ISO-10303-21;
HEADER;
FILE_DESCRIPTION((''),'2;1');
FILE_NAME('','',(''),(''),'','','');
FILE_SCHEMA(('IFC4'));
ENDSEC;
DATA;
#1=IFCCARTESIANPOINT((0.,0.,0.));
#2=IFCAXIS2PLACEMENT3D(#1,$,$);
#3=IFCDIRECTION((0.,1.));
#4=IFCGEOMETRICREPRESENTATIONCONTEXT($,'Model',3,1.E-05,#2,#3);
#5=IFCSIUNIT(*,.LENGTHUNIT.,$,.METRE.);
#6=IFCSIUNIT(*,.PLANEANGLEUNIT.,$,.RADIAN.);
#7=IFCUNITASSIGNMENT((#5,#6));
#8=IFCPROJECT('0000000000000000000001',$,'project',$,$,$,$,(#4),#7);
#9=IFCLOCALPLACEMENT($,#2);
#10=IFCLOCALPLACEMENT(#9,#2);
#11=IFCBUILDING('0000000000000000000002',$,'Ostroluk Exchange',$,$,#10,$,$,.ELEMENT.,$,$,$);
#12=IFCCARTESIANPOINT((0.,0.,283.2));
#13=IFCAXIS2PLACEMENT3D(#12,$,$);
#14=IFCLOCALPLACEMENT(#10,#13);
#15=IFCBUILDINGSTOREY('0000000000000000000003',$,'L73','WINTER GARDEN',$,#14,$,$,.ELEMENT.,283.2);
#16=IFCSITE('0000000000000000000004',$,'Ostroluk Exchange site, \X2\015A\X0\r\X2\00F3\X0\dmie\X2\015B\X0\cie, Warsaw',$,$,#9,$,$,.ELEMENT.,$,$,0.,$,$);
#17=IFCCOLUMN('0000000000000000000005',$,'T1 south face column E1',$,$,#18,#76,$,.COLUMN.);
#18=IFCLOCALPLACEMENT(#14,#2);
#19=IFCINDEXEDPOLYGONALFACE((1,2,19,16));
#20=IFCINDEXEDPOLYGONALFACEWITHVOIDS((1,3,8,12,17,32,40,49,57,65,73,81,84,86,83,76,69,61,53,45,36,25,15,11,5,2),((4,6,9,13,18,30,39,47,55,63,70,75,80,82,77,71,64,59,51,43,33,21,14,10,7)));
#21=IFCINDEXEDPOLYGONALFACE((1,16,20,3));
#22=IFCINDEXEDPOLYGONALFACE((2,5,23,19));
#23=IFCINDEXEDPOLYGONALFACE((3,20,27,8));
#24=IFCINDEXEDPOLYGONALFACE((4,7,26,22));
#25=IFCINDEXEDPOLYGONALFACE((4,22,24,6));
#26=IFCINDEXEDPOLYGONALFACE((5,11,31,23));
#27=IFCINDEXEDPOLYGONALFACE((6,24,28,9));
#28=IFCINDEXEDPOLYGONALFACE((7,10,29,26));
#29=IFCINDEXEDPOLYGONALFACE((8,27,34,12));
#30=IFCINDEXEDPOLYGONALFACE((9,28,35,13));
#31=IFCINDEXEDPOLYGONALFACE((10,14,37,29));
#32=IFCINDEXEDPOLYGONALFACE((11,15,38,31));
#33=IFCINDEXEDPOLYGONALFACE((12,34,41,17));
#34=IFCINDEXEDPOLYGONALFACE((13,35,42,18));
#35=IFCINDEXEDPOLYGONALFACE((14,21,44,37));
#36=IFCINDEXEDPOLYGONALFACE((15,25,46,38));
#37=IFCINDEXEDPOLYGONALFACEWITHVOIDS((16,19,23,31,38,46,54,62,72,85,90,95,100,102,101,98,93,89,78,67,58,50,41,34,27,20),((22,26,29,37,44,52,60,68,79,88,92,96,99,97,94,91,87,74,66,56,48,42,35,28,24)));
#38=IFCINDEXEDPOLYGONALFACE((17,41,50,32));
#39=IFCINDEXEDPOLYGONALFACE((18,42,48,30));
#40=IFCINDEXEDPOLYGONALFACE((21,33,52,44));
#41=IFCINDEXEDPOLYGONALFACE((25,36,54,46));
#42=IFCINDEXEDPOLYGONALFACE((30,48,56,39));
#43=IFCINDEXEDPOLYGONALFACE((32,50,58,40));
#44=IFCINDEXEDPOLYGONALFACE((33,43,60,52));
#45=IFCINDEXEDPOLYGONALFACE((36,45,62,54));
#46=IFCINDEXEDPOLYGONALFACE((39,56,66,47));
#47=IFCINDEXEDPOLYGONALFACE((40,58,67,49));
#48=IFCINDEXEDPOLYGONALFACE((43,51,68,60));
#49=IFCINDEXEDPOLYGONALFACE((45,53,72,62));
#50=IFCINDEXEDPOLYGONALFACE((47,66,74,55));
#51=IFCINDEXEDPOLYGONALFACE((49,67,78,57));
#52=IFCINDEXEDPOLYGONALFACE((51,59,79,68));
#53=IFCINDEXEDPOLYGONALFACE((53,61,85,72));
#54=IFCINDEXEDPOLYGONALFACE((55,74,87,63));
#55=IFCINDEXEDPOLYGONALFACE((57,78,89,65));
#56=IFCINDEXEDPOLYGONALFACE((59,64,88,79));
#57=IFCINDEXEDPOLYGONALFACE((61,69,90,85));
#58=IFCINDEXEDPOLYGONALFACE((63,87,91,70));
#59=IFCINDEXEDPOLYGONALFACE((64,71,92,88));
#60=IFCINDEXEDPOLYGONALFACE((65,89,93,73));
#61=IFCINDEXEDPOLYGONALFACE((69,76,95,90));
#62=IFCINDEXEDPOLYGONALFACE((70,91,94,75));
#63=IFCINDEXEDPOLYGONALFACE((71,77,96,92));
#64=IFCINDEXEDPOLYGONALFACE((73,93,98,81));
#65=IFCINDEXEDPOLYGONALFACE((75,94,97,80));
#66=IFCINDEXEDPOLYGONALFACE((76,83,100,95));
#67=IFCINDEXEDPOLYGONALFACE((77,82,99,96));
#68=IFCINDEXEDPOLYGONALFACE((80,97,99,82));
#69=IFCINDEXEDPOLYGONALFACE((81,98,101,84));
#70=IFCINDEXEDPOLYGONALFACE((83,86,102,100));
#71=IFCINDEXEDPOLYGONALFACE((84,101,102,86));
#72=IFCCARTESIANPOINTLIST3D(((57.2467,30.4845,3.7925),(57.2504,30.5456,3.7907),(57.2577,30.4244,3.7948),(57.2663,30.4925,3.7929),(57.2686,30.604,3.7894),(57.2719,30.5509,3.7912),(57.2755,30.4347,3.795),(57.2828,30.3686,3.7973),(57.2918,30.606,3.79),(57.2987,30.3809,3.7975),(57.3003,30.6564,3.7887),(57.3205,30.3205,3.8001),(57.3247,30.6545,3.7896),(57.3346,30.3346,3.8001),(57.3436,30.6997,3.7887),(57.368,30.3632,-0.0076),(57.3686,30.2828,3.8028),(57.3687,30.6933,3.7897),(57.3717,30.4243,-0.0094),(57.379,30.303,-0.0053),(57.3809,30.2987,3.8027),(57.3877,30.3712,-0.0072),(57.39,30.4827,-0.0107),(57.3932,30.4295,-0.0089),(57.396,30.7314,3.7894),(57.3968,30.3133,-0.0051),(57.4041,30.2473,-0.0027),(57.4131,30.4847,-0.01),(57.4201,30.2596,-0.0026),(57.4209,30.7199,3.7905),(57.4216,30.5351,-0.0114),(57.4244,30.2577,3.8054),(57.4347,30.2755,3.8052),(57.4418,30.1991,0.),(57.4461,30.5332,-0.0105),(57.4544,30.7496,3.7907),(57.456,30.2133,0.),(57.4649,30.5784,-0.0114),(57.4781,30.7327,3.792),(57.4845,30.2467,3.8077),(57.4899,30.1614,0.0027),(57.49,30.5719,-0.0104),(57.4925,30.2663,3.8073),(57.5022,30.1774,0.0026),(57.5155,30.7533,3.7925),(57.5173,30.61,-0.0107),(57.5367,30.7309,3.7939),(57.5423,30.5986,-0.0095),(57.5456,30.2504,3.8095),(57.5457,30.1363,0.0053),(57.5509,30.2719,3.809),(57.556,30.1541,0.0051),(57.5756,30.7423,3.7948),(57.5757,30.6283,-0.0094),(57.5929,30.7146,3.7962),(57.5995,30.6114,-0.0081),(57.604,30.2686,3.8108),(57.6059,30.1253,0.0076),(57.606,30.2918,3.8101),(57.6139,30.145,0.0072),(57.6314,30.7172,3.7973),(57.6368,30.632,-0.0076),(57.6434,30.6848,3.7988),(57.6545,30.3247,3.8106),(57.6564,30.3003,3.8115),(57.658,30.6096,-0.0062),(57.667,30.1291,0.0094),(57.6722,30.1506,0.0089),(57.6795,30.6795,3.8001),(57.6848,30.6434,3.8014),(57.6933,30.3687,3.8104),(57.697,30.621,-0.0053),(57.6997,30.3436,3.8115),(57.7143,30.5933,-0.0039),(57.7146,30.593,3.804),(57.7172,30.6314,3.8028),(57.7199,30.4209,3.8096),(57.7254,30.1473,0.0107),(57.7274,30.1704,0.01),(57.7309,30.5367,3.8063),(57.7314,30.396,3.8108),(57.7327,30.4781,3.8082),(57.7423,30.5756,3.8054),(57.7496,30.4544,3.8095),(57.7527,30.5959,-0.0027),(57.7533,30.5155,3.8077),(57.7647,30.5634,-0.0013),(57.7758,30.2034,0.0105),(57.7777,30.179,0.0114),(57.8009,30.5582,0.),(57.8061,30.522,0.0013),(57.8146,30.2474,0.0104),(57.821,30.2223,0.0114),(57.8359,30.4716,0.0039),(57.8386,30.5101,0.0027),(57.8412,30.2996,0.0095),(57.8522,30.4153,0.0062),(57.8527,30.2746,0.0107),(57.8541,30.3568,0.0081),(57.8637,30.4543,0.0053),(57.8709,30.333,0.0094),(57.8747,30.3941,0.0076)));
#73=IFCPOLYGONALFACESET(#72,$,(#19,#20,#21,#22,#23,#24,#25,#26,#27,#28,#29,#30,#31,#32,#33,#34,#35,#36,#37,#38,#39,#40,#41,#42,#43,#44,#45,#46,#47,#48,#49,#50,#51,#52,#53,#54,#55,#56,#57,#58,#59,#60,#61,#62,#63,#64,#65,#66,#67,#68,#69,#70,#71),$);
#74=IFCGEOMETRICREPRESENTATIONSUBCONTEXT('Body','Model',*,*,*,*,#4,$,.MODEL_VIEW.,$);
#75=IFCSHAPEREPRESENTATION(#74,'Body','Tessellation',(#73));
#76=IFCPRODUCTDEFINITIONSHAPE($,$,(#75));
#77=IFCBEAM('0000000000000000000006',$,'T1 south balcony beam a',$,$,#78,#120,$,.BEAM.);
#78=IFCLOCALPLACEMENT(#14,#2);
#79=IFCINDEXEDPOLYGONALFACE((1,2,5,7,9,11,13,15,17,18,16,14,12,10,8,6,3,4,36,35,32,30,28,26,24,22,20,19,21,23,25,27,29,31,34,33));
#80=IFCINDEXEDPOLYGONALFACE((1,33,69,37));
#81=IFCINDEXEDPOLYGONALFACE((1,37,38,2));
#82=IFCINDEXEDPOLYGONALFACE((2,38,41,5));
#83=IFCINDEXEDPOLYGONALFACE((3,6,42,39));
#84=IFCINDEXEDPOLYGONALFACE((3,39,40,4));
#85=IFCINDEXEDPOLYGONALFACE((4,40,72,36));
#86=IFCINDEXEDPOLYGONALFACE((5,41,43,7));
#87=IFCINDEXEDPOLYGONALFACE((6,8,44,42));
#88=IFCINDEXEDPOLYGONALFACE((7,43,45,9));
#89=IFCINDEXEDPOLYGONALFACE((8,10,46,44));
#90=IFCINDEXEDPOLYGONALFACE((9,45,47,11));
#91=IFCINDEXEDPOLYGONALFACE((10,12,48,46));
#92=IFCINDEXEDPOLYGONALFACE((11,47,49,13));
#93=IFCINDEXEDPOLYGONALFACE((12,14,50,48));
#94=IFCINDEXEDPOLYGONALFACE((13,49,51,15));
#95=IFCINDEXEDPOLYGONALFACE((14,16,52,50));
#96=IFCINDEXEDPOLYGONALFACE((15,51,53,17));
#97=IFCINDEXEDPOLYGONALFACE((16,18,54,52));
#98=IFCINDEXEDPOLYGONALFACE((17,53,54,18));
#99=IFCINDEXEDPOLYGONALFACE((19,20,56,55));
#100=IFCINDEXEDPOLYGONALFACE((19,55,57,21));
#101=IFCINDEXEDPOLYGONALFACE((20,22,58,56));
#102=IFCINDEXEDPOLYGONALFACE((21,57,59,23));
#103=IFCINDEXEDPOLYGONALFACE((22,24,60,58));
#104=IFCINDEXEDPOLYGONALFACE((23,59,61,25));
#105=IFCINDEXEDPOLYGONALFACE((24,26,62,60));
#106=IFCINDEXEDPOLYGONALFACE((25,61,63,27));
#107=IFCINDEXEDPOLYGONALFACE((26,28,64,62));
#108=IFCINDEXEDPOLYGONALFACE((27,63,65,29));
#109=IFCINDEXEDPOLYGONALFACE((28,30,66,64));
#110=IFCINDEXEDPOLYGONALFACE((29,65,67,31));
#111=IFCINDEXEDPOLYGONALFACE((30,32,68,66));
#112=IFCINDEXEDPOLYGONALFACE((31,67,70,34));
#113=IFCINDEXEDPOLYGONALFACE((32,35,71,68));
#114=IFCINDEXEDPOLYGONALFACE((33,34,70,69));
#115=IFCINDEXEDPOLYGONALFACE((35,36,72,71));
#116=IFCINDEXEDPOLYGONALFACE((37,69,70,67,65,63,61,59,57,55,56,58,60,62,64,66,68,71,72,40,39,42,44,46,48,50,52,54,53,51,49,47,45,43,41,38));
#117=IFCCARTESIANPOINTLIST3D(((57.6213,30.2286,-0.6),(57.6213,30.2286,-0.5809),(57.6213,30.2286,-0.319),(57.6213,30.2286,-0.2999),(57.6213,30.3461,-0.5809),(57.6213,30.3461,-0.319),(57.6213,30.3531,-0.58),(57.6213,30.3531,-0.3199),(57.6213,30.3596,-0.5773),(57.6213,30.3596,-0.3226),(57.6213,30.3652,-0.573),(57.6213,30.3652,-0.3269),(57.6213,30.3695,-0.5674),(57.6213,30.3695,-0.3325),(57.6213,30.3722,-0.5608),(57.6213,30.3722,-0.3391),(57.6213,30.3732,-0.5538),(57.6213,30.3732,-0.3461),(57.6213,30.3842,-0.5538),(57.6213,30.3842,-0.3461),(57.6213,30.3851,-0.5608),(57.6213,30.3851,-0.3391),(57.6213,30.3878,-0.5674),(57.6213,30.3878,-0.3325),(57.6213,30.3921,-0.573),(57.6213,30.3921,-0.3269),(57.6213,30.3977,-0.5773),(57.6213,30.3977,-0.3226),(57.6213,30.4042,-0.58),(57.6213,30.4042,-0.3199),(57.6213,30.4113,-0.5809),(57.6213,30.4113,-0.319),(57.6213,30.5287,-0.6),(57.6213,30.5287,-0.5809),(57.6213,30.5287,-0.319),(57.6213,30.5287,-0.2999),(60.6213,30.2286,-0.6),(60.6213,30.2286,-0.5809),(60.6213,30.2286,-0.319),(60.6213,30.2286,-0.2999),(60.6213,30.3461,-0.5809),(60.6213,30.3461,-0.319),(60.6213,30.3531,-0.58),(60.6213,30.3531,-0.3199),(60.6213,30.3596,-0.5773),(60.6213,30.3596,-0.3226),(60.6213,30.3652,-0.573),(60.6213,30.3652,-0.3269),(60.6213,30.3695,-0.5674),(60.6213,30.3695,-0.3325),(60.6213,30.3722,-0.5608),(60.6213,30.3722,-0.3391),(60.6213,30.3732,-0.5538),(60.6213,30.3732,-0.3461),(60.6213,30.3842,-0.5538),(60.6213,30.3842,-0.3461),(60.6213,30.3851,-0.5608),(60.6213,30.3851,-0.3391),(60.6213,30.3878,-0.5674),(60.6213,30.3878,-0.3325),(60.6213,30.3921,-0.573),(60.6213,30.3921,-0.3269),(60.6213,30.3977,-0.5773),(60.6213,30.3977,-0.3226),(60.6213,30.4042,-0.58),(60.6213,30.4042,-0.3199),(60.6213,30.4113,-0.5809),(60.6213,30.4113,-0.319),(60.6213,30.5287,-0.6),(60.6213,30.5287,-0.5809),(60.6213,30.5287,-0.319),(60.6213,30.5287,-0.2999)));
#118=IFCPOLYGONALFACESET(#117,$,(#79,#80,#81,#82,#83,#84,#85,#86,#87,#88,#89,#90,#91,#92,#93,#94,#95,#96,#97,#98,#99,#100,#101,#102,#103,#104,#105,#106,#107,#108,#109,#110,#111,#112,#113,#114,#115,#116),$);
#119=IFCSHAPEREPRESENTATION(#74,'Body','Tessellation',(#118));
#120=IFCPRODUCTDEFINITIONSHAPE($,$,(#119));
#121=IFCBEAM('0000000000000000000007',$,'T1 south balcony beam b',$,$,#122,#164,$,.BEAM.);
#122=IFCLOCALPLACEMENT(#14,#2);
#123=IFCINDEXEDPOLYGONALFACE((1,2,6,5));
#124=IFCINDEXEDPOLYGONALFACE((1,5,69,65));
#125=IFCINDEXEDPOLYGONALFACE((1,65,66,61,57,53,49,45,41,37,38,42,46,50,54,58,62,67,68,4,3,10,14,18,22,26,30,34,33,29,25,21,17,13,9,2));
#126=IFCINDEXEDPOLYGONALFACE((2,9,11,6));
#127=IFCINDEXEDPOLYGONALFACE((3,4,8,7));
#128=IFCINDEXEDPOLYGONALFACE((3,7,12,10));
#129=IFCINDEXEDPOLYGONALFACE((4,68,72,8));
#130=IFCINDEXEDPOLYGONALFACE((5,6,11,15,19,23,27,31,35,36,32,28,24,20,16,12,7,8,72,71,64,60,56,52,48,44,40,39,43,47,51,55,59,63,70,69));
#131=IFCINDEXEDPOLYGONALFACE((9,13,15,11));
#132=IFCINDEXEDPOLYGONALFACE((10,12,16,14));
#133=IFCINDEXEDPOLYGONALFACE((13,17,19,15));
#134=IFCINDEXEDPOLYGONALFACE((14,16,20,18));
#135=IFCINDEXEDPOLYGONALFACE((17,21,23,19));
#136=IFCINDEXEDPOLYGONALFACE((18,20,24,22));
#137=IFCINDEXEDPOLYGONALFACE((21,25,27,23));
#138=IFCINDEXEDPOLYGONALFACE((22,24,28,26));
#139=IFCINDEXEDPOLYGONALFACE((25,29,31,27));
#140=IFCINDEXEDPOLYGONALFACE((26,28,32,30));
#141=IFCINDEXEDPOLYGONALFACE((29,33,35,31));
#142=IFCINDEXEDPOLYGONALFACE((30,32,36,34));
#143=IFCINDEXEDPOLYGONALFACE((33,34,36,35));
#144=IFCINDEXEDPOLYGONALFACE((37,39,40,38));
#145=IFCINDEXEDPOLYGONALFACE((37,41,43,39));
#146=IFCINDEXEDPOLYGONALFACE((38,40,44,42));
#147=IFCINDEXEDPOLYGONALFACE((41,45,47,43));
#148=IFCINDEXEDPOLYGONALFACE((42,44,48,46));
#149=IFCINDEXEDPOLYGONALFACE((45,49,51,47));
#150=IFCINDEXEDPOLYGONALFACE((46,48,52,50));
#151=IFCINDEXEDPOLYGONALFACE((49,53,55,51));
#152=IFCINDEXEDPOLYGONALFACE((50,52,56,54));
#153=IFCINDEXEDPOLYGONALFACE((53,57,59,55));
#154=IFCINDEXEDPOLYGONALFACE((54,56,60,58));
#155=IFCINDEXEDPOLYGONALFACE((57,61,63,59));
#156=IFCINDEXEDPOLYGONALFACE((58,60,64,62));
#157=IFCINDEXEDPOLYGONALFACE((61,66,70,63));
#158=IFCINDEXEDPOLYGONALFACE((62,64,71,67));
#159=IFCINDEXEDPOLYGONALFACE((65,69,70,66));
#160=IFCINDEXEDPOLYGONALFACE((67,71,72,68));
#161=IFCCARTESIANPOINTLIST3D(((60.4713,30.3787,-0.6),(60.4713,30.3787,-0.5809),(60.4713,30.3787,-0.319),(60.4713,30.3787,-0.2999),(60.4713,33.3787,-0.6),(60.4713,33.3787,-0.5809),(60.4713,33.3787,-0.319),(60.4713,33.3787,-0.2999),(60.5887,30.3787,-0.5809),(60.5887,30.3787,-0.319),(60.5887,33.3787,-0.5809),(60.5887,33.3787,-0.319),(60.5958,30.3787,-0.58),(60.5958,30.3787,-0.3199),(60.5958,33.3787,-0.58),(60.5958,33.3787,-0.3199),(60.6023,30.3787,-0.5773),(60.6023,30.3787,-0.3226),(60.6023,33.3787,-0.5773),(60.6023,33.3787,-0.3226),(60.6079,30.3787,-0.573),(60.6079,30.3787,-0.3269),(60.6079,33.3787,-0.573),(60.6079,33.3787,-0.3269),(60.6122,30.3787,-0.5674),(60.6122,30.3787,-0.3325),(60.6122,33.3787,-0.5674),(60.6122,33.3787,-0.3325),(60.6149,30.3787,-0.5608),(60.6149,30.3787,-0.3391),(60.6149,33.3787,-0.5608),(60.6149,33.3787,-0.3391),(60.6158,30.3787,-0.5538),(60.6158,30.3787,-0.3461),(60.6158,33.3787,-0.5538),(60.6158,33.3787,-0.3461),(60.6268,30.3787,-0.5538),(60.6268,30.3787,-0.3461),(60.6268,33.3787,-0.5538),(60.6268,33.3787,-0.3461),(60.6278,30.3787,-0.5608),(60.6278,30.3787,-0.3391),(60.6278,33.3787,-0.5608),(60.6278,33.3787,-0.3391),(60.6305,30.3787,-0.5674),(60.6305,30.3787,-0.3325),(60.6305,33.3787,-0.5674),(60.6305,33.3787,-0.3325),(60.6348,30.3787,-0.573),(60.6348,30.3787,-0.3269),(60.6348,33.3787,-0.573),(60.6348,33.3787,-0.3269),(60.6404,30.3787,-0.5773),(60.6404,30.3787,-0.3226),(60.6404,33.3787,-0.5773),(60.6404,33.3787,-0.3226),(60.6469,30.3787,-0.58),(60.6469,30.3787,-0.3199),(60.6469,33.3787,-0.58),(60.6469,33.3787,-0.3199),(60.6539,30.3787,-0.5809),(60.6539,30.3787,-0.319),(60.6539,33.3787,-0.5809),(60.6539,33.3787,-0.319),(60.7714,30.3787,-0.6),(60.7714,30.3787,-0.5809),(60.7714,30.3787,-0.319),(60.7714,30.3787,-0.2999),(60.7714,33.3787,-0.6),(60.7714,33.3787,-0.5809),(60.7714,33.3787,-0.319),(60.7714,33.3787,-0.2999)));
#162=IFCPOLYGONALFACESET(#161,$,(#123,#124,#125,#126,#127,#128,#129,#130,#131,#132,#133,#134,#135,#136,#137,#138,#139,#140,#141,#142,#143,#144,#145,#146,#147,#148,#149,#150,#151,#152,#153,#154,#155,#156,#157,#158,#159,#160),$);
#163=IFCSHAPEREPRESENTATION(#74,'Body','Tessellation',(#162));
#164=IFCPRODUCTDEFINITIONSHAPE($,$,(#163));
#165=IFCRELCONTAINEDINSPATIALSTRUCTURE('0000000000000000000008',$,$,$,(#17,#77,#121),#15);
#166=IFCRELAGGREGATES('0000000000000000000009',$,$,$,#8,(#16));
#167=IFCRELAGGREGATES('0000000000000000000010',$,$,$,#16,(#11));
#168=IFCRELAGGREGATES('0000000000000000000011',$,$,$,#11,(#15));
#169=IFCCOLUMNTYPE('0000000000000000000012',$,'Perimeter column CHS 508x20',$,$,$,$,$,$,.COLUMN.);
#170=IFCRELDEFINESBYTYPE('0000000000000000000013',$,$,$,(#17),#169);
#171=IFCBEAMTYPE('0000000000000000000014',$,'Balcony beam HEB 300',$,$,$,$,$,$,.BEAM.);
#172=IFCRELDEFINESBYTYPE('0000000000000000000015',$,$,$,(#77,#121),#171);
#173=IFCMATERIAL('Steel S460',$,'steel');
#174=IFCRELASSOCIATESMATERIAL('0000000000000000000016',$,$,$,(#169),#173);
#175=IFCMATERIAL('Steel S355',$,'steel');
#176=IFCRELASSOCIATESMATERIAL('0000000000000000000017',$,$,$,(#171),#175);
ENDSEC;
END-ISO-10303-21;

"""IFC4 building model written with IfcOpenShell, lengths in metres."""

from ifc_helpers import new_model, si_unit, direction, frame, origin, origin_2d, place, context, subcontext, project, spatial, hollow_circle, i_section, extrude, material, material_profile, profile_set, type_object, element, save


model = new_model("IFC4")

# Units and contexts
model_context = context("Model", 3, precision=1e-05, world=origin(), true_north=direction((0.0, 1.0)))
body_context = subcontext(model_context, "Body", "Model", "MODEL_VIEW")
ifc_project = project(units=[si_unit("LENGTHUNIT", "METRE"), si_unit("PLANEANGLEUNIT", "RADIAN")], contexts=[model_context])

# Site, building, storey
site_placement = place(None, origin())
site = spatial("IfcSite", under=ifc_project, at=site_placement, Name="Ostroluk Exchange site, Śródmieście, Warsaw", CompositionType="ELEMENT", RefElevation=0.0)
building_placement = place(site_placement, origin())
building = spatial("IfcBuilding", under=site, at=building_placement, Name="Ostroluk Exchange", CompositionType="ELEMENT")
storey_placement = place(building_placement, frame((0.0, 0.0, 283.2)))
storey = spatial("IfcBuildingStorey", under=building, at=storey_placement, Name="L73", Description="WINTER GARDEN", CompositionType="ELEMENT", Elevation=283.2)

# Column
ifc_material_1 = material(Name="Steel S460", Category="steel")
ifc_material_profile_1 = material_profile(ifc_material_1, hollow_circle(Radius=0.2539, WallThickness=0.02, at=origin_2d()), Name="CHS 508x20")
ifc_profile_set_1 = profile_set([ifc_material_profile_1], Name="Steel S460")
column_type_1 = type_object("IfcColumnType", Name="Perimeter column CHS 508x20", PredefinedType="COLUMN", material=ifc_profile_set_1)
column_1_placement = place(storey_placement, frame((57.6213, 30.3787, 0.0), z_axis=(-0.031898, 0.031898, 0.998982), x_axis=(-0.707107, -0.707107, 0.0)))
element("IfcColumn", 1, at=column_1_placement, inside=storey, type_object=column_type_1, Name="T1 south face column E1", PredefinedType="COLUMN", context=body_context, shape_type="SweptSolid", body=[
    extrude(hollow_circle(Radius=0.2539, WallThickness=0.02, at=origin_2d()), origin(), (0.0, 0.0, 1.0), 3.804),
])

# Beams
ifc_material_2 = material(Name="Steel S355", Category="steel")
ifc_material_profile_2 = material_profile(ifc_material_2, i_section(OverallWidth=0.3, OverallDepth=0.3, WebThickness=0.011, FlangeThickness=0.019, FilletRadius=0.0271, at=origin_2d()), Name="HEB 300")
ifc_profile_set_2 = profile_set([ifc_material_profile_2], Name="Steel S355")
beam_type_1 = type_object("IfcBeamType", Name="Balcony beam HEB 300", PredefinedType="BEAM", material=ifc_profile_set_2)
for number, where, z_axis, x_axis, name in (
    (2, (57.6213, 30.3787, -0.45), (1.0, 0.0, 0.0), (0.0, 1.0, 0.0), "T1 south balcony beam a"),
    (3, (60.6213, 33.3787, -0.45), (0.0, -1.0, 0.0), (1.0, 0.0, 0.0), "T1 south balcony beam b"),
):
    element("IfcBeam", number, at=place(storey_placement, frame(where, z_axis=z_axis, x_axis=x_axis)), inside=storey, type_object=beam_type_1, Name=name, PredefinedType="BEAM", context=body_context, shape_type="SweptSolid", body=[
        extrude(i_section(OverallWidth=0.3, OverallDepth=0.3, WebThickness=0.011, FlangeThickness=0.019, FilletRadius=0.0271, at=origin_2d()), origin(), (0.0, 0.0, 1.0), 3.0),
    ])

save(model, "model.ifc")
